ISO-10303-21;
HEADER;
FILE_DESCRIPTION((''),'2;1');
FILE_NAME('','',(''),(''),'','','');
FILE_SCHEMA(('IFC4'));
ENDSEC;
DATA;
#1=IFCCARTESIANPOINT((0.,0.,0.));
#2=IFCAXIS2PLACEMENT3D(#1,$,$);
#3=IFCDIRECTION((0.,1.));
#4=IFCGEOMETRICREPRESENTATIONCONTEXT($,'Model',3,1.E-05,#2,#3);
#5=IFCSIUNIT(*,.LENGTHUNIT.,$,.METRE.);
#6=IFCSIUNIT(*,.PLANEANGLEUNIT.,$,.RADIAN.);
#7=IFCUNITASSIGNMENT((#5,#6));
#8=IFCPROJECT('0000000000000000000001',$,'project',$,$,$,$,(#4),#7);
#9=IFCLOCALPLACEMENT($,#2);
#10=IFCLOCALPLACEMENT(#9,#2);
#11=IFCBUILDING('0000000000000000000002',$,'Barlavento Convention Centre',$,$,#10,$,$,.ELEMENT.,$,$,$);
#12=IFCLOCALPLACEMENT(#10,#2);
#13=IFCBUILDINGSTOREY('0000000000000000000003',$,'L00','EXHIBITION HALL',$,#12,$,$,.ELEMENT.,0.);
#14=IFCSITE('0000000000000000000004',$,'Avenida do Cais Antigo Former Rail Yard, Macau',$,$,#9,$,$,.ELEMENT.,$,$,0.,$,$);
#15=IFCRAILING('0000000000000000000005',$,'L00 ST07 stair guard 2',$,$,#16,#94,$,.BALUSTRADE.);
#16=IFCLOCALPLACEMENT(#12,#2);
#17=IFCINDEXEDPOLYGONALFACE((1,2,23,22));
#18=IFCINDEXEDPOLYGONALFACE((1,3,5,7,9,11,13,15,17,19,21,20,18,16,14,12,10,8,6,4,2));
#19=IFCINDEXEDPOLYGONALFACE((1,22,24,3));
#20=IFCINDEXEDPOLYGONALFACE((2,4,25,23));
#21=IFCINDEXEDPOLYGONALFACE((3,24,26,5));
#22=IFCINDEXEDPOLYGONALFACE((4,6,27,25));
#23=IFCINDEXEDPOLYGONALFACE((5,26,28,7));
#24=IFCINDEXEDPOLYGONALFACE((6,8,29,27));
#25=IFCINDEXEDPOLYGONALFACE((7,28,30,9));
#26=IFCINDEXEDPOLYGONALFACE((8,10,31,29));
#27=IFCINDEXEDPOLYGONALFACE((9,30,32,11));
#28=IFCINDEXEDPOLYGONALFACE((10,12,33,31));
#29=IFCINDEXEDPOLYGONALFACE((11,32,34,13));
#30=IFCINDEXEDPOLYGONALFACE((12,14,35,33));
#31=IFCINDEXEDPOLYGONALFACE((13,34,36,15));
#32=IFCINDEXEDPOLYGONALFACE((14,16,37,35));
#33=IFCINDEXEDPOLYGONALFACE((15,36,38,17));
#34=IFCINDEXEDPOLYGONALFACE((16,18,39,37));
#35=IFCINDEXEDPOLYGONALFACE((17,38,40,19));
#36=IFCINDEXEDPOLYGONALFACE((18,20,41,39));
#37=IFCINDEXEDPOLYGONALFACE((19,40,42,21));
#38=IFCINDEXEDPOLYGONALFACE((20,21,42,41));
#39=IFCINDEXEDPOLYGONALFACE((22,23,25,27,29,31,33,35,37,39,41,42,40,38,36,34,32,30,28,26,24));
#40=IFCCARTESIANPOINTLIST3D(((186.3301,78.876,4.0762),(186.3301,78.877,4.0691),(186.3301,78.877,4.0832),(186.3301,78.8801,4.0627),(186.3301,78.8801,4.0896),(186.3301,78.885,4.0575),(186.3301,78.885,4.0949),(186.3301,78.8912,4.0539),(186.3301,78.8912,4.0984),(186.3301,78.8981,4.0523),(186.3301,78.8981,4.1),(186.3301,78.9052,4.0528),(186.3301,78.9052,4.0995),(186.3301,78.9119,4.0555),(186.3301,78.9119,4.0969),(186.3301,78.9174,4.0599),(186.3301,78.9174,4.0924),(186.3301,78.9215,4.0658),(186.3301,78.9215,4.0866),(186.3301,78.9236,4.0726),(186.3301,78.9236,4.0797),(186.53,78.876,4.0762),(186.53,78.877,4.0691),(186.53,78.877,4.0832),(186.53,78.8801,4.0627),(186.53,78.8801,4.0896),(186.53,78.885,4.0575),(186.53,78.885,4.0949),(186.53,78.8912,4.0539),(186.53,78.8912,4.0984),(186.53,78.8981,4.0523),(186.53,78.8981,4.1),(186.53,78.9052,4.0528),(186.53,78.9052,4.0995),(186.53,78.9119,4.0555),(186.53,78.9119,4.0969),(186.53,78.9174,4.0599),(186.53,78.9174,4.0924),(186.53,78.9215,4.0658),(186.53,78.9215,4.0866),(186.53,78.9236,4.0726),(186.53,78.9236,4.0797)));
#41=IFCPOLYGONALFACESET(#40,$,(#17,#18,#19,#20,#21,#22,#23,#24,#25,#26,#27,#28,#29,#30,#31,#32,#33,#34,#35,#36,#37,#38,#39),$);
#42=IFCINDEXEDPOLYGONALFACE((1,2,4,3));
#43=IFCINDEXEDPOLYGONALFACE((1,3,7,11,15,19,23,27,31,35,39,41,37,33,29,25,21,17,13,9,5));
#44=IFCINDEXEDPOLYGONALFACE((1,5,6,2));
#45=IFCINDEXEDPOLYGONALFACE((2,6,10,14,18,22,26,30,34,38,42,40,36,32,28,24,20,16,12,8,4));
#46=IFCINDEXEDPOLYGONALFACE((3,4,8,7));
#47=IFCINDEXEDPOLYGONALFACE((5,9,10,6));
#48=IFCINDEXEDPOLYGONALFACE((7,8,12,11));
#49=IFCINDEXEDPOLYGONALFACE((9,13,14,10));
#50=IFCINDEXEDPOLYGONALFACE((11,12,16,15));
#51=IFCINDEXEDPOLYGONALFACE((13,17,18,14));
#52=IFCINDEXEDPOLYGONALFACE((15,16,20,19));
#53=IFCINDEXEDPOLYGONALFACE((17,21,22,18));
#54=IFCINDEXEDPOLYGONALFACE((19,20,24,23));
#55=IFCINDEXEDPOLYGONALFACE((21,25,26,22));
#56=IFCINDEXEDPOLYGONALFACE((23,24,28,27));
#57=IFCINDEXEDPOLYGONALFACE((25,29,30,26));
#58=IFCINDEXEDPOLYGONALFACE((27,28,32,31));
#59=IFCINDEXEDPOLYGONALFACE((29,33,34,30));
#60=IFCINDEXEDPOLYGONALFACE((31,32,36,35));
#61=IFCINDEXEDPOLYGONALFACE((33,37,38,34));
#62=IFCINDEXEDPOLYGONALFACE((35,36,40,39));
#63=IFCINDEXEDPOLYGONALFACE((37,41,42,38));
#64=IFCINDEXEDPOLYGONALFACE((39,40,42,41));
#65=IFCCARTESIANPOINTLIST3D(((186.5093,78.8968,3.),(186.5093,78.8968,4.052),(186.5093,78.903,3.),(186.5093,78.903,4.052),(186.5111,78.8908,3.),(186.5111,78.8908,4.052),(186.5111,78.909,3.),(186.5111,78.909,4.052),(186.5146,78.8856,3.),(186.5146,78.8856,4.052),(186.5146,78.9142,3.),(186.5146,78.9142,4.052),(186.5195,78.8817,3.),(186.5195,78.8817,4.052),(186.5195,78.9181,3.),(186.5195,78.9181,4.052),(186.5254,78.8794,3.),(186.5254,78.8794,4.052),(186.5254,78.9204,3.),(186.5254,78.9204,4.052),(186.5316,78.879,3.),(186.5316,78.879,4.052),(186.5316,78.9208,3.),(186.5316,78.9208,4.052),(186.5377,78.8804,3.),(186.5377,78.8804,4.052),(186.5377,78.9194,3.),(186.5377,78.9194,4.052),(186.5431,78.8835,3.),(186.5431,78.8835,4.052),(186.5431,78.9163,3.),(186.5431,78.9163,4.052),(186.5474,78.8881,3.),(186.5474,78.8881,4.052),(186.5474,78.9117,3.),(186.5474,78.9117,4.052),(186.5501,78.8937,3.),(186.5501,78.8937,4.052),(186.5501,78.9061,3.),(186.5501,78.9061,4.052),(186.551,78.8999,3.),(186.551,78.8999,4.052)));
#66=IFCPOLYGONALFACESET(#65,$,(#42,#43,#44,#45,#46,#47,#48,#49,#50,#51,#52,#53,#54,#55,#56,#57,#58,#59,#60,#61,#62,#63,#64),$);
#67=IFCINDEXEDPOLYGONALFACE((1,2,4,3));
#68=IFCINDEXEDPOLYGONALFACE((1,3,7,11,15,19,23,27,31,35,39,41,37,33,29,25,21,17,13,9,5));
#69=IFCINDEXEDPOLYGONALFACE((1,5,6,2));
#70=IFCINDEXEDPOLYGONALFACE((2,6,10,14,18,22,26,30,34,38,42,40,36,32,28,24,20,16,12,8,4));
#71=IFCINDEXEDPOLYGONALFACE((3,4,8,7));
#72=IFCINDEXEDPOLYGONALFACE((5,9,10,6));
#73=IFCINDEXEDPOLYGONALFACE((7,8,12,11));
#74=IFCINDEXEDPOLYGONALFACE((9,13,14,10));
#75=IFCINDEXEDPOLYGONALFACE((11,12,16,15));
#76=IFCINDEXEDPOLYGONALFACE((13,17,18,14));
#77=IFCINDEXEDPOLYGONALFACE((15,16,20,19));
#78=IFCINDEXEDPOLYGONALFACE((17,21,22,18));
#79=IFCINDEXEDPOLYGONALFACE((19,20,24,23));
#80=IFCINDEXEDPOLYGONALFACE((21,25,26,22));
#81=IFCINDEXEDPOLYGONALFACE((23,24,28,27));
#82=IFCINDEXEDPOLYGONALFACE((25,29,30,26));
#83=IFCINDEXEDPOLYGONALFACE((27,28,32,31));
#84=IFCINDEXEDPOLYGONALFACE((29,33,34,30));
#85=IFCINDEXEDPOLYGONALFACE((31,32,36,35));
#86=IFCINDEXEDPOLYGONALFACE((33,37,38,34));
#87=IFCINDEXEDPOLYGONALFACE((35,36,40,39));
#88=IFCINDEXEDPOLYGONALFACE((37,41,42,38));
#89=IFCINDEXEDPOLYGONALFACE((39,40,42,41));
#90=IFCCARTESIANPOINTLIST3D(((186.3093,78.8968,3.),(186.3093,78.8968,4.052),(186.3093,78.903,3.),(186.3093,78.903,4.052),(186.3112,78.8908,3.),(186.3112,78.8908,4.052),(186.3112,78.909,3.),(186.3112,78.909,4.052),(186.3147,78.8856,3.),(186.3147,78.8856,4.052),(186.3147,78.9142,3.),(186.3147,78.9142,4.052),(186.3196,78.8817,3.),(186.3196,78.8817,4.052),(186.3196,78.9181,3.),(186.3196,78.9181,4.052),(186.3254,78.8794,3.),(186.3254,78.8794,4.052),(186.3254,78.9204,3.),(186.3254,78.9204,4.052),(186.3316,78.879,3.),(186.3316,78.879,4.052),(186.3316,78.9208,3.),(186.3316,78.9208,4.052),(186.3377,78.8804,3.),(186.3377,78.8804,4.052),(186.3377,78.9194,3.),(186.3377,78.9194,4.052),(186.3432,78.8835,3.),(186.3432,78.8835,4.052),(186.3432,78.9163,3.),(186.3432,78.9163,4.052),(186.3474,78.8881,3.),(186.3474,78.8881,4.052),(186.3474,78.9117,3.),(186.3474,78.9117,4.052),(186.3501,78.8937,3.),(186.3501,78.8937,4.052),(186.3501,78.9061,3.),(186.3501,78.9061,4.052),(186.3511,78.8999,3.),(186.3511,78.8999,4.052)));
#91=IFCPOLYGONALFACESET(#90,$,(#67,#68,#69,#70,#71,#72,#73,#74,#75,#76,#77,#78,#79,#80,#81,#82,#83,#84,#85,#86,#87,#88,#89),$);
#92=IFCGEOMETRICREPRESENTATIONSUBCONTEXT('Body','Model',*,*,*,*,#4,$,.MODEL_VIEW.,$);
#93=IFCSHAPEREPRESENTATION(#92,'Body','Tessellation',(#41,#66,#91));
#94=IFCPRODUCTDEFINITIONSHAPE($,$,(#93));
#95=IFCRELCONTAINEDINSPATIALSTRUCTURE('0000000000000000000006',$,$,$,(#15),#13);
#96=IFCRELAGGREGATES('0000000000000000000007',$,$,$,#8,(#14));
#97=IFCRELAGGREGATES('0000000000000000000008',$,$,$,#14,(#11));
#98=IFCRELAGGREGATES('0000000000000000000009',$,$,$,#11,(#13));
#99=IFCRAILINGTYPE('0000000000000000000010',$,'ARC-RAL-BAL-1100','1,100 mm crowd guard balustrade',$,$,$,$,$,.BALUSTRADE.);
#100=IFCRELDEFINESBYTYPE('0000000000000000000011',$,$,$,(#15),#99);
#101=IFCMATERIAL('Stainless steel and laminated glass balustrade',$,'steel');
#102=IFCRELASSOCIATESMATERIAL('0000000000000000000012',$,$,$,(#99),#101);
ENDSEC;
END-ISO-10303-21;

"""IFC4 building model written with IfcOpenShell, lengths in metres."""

from ifc_helpers import new_model, si_unit, direction, frame, origin, origin_2d, place, context, subcontext, project, spatial, circle, extrude, material, type_object, element, save


model = new_model("IFC4")

# Units and contexts
model_context = context("Model", 3, precision=1e-05, world=origin(), true_north=direction((0.0, 1.0)))
body_context = subcontext(model_context, "Body", "Model", "MODEL_VIEW")
ifc_project = project(units=[si_unit("LENGTHUNIT", "METRE"), si_unit("PLANEANGLEUNIT", "RADIAN")], contexts=[model_context])

# Site, building, storey
site_placement = place(None, origin())
site = spatial("IfcSite", under=ifc_project, at=site_placement, Name="Avenida do Cais Antigo Former Rail Yard, Macau", CompositionType="ELEMENT", RefElevation=0.0)
building_placement = place(site_placement, origin())
building = spatial("IfcBuilding", under=site, at=building_placement, Name="Barlavento Convention Centre", CompositionType="ELEMENT")
storey_placement = place(building_placement, origin())
storey = spatial("IfcBuildingStorey", under=building, at=storey_placement, Name="L00", Description="EXHIBITION HALL", CompositionType="ELEMENT", Elevation=0.0)

# Railing
ifc_material_1 = material(Name="Stainless steel and laminated glass balustrade", Category="steel")
railing_type = type_object("IfcRailingType", Name="ARC-RAL-BAL-1100", Description="1,100 mm crowd guard balustrade", PredefinedType="BALUSTRADE", material=ifc_material_1)
railing_1_placement = place(storey_placement, frame((186.53, 78.8999, 3.0)))
element("IfcRailing", 1, at=railing_1_placement, inside=storey, type_object=railing_type, Name="L00 ST07 stair guard 2", PredefinedType="BALUSTRADE", context=body_context, shape_type="SweptSolid", body=[
    extrude(circle(Radius=0.0239, at=origin_2d()), frame((0.0, 0.0, 1.0762), z_axis=(-1.0, 0.0, 0.0), x_axis=(0.0, -1.0, 0.0)), (0.0, 0.0, 1.0), 0.2),
    extrude(circle(Radius=0.021, at=origin_2d()), origin(), (0.0, 0.0, 1.0), 1.052),
    extrude(circle(Radius=0.021, at=origin_2d()), frame((-0.2, 0.0, 0.0)), (0.0, 0.0, 1.0), 1.052),
])

save(model, "model.ifc")
